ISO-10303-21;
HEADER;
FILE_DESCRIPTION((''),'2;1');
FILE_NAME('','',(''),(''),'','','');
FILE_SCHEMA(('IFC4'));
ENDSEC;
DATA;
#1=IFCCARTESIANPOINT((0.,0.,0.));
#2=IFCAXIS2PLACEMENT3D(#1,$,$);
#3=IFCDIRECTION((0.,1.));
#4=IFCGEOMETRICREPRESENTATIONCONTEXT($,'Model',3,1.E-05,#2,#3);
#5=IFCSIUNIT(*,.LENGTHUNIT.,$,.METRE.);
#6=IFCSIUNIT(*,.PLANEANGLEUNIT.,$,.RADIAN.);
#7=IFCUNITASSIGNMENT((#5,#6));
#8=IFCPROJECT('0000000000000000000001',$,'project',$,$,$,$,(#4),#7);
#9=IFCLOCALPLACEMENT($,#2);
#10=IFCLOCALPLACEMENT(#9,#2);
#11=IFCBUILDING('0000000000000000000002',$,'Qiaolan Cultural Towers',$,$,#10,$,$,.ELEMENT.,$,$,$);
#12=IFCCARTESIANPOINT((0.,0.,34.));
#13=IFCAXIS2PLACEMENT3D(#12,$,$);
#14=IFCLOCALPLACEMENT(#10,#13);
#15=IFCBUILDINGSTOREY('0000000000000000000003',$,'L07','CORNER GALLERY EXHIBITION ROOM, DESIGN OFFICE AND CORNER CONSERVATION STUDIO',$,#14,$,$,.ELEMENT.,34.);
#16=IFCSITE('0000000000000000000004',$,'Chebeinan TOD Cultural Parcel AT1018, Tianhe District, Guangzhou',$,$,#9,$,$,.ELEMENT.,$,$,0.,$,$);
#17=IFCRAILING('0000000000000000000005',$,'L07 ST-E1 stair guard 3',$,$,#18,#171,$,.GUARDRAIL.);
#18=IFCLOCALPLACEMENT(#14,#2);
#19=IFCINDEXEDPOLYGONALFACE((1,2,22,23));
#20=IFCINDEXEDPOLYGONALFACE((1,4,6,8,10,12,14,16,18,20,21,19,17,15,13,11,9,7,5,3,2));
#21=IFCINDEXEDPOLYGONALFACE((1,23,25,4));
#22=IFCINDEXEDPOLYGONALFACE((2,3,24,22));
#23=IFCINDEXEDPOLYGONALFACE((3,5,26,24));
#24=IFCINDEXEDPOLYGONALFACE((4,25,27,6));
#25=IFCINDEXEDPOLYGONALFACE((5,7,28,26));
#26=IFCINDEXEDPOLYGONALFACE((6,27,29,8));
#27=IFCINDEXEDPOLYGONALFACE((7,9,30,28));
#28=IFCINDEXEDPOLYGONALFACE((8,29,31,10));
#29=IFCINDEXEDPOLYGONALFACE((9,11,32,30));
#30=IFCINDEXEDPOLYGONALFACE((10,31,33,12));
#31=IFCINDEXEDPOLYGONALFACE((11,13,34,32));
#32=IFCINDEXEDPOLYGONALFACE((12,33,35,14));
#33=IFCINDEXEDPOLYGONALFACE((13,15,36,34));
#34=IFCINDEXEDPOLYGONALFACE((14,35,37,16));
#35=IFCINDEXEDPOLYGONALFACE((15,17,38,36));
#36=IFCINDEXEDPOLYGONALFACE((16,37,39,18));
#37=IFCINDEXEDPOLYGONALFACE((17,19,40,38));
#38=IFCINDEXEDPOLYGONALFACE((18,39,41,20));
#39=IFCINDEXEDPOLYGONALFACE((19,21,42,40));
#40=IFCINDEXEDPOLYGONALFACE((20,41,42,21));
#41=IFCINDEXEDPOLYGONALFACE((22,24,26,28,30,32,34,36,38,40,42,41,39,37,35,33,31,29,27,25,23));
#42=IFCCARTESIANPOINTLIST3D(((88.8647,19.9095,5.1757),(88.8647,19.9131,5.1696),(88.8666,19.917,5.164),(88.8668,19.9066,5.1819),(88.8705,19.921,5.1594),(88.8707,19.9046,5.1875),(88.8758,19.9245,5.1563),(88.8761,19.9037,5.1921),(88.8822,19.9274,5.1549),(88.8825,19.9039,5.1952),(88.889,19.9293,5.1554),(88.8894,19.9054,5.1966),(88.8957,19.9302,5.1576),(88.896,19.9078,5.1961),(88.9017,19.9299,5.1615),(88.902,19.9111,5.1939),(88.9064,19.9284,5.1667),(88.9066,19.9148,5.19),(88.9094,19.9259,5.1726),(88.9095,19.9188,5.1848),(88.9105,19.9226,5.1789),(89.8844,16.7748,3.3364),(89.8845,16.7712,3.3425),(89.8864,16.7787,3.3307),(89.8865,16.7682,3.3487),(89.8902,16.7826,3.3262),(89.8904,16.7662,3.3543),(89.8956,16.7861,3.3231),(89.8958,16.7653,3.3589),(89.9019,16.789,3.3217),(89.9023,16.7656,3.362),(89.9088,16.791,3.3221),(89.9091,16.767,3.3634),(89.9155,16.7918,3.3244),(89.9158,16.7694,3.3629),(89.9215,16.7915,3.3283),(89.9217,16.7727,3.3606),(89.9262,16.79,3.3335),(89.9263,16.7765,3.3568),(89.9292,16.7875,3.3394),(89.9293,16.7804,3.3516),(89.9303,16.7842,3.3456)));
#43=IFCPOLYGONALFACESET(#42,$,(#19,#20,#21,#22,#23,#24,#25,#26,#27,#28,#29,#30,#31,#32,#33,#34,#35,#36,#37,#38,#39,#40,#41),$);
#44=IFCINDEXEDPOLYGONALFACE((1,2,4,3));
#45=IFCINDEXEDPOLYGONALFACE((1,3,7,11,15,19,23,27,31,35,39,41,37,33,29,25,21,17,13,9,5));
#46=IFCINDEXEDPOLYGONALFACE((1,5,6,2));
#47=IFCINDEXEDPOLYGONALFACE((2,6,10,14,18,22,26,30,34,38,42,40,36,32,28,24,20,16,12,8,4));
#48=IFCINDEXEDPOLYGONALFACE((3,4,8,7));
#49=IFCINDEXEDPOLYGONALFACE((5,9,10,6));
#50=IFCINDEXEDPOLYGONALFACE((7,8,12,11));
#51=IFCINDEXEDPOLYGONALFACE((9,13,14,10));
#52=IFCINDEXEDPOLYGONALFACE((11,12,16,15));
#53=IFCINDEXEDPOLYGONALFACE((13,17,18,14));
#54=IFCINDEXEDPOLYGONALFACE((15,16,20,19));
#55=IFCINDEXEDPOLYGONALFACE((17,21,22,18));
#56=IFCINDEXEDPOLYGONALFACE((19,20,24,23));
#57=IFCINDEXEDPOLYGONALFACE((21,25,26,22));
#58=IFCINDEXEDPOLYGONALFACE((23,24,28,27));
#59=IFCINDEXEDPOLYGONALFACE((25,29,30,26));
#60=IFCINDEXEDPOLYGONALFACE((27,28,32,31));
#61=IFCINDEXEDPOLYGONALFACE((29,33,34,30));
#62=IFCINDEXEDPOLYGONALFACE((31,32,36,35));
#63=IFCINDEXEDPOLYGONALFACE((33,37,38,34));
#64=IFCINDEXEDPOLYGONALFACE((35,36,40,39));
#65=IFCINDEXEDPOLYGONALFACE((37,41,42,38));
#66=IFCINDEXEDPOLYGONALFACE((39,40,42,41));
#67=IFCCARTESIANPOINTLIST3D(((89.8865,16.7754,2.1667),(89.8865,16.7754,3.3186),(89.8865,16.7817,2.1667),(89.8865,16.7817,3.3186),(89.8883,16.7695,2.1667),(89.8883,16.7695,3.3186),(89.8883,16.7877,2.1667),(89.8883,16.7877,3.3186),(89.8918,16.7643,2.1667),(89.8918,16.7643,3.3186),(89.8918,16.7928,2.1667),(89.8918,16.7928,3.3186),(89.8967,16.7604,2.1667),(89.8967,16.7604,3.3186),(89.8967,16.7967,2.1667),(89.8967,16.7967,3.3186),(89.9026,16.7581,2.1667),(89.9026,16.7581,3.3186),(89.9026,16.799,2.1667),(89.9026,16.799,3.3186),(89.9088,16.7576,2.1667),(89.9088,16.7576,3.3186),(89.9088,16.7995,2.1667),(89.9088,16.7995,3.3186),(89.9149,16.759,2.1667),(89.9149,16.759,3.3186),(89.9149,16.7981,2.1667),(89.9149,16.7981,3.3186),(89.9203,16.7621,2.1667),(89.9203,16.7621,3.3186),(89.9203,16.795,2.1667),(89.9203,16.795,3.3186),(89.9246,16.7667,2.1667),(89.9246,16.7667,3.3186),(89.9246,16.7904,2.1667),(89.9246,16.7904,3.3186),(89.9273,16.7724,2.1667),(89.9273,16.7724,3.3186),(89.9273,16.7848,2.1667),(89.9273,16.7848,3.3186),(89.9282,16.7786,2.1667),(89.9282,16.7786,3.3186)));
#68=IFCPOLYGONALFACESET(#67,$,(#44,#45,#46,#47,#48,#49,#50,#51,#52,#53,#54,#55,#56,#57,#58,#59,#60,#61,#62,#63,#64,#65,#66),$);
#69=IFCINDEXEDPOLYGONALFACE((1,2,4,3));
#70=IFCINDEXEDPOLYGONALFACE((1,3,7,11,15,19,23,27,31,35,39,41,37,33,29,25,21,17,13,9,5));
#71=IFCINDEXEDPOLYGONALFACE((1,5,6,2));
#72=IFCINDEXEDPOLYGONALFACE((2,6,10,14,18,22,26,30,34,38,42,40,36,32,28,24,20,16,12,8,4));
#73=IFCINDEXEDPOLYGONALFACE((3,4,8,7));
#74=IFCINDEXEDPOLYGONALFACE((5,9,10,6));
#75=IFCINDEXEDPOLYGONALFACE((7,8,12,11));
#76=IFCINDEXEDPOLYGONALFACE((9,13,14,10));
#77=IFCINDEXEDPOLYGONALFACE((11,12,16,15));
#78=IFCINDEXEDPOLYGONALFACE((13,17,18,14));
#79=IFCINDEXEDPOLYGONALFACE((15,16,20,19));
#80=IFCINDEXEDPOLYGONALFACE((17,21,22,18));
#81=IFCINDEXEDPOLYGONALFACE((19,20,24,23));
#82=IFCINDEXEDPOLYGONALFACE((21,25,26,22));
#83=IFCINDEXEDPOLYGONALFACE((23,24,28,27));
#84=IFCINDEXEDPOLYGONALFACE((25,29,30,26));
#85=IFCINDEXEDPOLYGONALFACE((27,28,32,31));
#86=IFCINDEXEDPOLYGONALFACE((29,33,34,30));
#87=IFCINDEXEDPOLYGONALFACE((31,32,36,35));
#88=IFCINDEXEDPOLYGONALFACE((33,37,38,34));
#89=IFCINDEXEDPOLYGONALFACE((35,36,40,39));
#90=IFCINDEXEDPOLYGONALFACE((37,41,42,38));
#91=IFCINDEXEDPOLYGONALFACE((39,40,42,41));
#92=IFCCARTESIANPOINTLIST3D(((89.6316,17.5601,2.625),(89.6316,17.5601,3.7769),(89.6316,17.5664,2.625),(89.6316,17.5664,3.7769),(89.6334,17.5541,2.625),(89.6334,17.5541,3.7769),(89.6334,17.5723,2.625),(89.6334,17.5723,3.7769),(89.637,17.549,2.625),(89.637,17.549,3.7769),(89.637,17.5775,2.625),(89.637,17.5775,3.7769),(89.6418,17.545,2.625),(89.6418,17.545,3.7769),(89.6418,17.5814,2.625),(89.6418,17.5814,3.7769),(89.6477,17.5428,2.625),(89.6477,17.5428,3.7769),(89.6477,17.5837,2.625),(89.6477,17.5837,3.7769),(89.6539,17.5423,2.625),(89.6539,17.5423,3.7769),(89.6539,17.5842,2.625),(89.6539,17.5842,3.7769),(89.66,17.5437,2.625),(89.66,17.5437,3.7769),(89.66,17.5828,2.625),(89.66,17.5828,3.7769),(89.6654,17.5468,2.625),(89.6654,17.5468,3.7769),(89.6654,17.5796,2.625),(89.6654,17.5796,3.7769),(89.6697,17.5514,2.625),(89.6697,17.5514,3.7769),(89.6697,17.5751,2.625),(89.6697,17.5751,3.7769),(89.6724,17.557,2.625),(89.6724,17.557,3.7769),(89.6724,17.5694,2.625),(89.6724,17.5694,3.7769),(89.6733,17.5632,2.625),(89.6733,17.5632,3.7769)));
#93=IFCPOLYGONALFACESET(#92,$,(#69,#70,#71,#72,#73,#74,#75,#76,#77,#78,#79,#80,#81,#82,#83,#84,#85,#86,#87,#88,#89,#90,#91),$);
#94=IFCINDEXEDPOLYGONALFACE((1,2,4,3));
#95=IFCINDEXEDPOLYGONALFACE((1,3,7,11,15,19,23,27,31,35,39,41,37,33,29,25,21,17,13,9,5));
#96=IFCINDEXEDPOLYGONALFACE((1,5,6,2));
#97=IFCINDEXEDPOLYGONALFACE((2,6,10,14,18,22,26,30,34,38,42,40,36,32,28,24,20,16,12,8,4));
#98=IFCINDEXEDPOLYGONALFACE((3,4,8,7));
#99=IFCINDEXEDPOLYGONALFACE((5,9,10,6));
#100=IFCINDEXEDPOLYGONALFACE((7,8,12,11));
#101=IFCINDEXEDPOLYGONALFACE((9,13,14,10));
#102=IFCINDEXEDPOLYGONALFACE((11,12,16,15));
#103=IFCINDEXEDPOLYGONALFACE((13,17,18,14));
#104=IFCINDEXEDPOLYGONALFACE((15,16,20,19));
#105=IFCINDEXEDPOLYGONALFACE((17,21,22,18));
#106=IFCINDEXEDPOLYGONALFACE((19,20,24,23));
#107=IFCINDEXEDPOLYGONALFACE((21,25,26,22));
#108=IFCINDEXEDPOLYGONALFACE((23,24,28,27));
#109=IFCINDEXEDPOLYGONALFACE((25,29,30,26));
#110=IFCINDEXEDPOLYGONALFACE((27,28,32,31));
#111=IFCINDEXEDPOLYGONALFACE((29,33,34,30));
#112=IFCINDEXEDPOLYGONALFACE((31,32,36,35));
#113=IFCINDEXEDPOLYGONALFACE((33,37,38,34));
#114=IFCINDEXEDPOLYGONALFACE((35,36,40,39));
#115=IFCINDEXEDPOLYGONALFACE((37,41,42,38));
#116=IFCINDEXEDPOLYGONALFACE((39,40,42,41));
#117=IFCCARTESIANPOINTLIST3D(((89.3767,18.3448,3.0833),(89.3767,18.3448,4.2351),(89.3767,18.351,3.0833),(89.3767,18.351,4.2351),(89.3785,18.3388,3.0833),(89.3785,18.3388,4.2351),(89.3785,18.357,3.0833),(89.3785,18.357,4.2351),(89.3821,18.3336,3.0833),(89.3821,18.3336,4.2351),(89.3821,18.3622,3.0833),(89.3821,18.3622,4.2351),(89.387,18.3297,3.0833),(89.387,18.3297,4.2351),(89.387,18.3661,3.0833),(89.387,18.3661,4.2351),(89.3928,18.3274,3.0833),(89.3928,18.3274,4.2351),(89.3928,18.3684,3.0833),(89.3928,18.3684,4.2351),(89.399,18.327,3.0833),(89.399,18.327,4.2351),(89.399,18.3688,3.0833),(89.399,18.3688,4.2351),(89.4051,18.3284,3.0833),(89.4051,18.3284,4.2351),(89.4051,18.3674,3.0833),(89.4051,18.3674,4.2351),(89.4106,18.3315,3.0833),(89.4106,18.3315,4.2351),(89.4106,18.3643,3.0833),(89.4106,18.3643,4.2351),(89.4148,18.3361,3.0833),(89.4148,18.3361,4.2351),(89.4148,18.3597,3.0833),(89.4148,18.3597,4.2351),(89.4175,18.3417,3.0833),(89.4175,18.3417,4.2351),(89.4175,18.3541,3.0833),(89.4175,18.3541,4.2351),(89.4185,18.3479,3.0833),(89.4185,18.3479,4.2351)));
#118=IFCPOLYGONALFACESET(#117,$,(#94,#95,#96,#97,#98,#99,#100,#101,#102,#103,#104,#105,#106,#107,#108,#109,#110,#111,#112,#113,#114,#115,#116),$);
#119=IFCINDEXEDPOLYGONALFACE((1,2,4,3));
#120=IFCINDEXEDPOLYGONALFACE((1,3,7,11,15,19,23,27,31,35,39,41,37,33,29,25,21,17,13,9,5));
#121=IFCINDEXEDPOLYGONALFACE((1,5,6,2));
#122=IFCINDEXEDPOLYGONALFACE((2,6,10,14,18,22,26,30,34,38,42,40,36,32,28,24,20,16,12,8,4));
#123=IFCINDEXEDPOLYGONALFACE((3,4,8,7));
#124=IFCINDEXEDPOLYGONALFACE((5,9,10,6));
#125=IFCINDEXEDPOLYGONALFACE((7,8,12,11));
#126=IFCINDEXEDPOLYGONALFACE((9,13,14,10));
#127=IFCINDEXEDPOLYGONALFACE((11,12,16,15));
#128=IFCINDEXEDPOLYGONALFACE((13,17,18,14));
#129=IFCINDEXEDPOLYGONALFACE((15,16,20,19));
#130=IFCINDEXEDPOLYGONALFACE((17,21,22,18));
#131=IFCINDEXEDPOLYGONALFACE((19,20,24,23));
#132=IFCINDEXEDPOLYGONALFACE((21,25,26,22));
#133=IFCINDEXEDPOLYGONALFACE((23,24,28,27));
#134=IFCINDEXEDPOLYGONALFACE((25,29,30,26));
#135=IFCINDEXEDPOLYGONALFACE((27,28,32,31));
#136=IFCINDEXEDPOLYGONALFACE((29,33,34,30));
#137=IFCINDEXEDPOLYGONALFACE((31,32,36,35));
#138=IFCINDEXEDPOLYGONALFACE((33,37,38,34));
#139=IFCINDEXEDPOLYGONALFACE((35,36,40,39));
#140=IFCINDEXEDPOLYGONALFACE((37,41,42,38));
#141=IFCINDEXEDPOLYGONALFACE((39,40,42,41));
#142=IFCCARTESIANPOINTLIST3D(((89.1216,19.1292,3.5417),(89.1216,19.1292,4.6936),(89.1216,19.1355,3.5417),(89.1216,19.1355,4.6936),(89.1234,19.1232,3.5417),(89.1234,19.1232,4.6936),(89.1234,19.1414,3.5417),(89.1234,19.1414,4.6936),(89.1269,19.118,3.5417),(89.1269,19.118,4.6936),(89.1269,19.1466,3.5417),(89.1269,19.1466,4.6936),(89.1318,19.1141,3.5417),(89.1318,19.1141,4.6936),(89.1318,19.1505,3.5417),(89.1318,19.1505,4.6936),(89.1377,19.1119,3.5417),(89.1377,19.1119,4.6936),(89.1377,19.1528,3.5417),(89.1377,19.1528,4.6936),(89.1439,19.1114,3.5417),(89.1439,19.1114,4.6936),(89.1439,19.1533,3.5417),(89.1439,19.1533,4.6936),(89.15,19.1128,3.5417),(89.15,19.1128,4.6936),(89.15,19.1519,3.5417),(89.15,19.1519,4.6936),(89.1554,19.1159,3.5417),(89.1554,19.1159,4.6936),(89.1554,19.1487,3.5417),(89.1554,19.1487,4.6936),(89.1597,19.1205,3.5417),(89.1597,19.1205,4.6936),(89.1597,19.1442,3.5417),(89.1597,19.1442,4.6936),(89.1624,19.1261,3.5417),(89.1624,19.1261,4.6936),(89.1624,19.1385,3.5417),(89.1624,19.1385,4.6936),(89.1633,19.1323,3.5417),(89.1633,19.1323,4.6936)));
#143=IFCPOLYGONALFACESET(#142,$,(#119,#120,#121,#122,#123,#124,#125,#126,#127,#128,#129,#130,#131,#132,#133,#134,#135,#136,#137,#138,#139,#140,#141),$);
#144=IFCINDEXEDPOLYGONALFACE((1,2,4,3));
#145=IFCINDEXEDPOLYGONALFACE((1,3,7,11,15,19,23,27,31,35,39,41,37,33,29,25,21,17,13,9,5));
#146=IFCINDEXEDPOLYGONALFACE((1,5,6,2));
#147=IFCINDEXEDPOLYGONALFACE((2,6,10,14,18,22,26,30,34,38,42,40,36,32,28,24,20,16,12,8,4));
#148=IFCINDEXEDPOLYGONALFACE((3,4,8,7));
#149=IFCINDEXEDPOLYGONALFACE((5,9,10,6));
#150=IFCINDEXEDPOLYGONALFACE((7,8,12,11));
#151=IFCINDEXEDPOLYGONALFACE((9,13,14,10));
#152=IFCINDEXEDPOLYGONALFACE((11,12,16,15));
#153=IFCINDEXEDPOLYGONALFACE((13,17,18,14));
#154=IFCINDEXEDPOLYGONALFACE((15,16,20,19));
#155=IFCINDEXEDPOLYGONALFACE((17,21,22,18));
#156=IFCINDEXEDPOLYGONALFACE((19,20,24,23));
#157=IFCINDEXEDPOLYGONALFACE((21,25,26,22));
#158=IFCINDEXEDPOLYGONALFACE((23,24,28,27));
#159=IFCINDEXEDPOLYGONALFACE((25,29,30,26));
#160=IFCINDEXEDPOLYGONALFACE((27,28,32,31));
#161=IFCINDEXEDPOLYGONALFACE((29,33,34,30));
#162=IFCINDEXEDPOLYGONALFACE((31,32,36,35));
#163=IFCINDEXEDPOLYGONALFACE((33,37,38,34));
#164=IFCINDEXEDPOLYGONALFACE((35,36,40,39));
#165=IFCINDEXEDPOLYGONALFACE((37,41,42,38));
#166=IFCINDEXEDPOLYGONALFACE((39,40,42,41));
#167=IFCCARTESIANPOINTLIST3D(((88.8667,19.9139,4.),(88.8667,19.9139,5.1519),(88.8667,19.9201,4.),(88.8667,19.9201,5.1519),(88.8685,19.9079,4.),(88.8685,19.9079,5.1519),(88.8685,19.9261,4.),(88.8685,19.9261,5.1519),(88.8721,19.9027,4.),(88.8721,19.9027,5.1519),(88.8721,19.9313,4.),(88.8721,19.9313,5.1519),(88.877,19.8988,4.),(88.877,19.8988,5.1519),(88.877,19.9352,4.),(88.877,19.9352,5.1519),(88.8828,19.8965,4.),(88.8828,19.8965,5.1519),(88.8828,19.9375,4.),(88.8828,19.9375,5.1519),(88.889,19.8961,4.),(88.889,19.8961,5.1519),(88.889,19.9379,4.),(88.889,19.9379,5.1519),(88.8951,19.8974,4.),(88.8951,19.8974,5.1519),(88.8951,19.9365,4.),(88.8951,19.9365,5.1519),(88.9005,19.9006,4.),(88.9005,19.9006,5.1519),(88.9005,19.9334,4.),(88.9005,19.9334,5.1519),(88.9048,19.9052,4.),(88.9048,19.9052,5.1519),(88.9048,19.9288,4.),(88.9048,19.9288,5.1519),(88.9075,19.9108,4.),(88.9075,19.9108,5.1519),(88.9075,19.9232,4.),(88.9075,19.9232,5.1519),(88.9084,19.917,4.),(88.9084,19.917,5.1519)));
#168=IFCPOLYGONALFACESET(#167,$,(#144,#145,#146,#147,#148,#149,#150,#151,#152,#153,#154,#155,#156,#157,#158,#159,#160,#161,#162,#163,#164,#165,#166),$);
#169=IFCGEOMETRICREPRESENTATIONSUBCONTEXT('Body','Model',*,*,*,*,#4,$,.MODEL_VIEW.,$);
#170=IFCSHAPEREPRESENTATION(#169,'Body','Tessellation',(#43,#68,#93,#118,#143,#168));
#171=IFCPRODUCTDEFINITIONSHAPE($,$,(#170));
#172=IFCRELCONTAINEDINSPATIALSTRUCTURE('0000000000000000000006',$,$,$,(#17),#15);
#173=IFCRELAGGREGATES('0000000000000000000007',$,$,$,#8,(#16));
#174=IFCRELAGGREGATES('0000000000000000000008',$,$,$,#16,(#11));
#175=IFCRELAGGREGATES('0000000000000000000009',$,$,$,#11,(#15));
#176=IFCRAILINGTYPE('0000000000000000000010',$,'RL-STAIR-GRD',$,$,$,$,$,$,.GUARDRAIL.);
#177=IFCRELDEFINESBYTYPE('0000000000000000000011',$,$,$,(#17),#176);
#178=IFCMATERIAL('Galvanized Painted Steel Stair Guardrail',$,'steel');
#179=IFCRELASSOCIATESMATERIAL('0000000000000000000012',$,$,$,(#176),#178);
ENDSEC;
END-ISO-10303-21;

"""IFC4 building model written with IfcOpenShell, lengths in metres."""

from ifc_helpers import new_model, si_unit, direction, frame, origin, origin_2d, place, context, subcontext, project, spatial, circle, extrude, material, type_object, element, save


model = new_model("IFC4")

# Units and contexts
model_context = context("Model", 3, precision=1e-05, world=origin(), true_north=direction((0.0, 1.0)))
body_context = subcontext(model_context, "Body", "Model", "MODEL_VIEW")
ifc_project = project(units=[si_unit("LENGTHUNIT", "METRE"), si_unit("PLANEANGLEUNIT", "RADIAN")], contexts=[model_context])

# Site, building, storey
site_placement = place(None, origin())
site = spatial("IfcSite", under=ifc_project, at=site_placement, Name="Chebeinan TOD Cultural Parcel AT1018, Tianhe District, Guangzhou", CompositionType="ELEMENT", RefElevation=0.0)
building_placement = place(site_placement, origin())
building = spatial("IfcBuilding", under=site, at=building_placement, Name="Qiaolan Cultural Towers", CompositionType="ELEMENT")
storey_placement = place(building_placement, frame((0.0, 0.0, 34.0)))
storey = spatial("IfcBuildingStorey", under=building, at=storey_placement, Name="L07", Description="CORNER GALLERY EXHIBITION ROOM, DESIGN OFFICE AND CORNER CONSERVATION STUDIO", CompositionType="ELEMENT", Elevation=34.0)

# Railing
ifc_material_1 = material(Name="Galvanized Painted Steel Stair Guardrail", Category="steel")
railing_type_1 = type_object("IfcRailingType", Name="RL-STAIR-GRD", PredefinedType="GUARDRAIL", material=ifc_material_1)
railing_1_placement = place(storey_placement, frame((89.9072, 16.7786, 2.1667)))
element("IfcRailing", 1, at=railing_1_placement, inside=storey, type_object=railing_type_1, Name="L07 ST-E1 stair guard 3", PredefinedType="GUARDRAIL", context=body_context, shape_type="SweptSolid", body=[
    extrude(circle(Radius=0.0239, at=origin_2d()), frame((0.0, 0.0, 1.1758), z_axis=(-0.270141, 0.831376, 0.485632), x_axis=(-0.951053, -0.309028, 0.0)), (0.0, 0.0, 1.0), 3.7749),
    extrude(circle(Radius=0.021, at=origin_2d()), origin(), (0.0, 0.0, 1.0), 1.1519),
    extrude(circle(Radius=0.021, at=origin_2d()), frame((-0.2549, 0.7847, 0.4583)), (0.0, 0.0, 1.0), 1.1519),
    extrude(circle(Radius=0.021, at=origin_2d()), frame((-0.5098, 1.5693, 0.9165)), (0.0, 0.0, 1.0), 1.1519),
    extrude(circle(Radius=0.021, at=origin_2d()), frame((-0.7649, 2.3538, 1.375)), (0.0, 0.0, 1.0), 1.1519),
    extrude(circle(Radius=0.021, at=origin_2d()), frame((-1.0198, 3.1384, 1.8333)), (0.0, 0.0, 1.0), 1.1519),
])

save(model, "model.ifc")
